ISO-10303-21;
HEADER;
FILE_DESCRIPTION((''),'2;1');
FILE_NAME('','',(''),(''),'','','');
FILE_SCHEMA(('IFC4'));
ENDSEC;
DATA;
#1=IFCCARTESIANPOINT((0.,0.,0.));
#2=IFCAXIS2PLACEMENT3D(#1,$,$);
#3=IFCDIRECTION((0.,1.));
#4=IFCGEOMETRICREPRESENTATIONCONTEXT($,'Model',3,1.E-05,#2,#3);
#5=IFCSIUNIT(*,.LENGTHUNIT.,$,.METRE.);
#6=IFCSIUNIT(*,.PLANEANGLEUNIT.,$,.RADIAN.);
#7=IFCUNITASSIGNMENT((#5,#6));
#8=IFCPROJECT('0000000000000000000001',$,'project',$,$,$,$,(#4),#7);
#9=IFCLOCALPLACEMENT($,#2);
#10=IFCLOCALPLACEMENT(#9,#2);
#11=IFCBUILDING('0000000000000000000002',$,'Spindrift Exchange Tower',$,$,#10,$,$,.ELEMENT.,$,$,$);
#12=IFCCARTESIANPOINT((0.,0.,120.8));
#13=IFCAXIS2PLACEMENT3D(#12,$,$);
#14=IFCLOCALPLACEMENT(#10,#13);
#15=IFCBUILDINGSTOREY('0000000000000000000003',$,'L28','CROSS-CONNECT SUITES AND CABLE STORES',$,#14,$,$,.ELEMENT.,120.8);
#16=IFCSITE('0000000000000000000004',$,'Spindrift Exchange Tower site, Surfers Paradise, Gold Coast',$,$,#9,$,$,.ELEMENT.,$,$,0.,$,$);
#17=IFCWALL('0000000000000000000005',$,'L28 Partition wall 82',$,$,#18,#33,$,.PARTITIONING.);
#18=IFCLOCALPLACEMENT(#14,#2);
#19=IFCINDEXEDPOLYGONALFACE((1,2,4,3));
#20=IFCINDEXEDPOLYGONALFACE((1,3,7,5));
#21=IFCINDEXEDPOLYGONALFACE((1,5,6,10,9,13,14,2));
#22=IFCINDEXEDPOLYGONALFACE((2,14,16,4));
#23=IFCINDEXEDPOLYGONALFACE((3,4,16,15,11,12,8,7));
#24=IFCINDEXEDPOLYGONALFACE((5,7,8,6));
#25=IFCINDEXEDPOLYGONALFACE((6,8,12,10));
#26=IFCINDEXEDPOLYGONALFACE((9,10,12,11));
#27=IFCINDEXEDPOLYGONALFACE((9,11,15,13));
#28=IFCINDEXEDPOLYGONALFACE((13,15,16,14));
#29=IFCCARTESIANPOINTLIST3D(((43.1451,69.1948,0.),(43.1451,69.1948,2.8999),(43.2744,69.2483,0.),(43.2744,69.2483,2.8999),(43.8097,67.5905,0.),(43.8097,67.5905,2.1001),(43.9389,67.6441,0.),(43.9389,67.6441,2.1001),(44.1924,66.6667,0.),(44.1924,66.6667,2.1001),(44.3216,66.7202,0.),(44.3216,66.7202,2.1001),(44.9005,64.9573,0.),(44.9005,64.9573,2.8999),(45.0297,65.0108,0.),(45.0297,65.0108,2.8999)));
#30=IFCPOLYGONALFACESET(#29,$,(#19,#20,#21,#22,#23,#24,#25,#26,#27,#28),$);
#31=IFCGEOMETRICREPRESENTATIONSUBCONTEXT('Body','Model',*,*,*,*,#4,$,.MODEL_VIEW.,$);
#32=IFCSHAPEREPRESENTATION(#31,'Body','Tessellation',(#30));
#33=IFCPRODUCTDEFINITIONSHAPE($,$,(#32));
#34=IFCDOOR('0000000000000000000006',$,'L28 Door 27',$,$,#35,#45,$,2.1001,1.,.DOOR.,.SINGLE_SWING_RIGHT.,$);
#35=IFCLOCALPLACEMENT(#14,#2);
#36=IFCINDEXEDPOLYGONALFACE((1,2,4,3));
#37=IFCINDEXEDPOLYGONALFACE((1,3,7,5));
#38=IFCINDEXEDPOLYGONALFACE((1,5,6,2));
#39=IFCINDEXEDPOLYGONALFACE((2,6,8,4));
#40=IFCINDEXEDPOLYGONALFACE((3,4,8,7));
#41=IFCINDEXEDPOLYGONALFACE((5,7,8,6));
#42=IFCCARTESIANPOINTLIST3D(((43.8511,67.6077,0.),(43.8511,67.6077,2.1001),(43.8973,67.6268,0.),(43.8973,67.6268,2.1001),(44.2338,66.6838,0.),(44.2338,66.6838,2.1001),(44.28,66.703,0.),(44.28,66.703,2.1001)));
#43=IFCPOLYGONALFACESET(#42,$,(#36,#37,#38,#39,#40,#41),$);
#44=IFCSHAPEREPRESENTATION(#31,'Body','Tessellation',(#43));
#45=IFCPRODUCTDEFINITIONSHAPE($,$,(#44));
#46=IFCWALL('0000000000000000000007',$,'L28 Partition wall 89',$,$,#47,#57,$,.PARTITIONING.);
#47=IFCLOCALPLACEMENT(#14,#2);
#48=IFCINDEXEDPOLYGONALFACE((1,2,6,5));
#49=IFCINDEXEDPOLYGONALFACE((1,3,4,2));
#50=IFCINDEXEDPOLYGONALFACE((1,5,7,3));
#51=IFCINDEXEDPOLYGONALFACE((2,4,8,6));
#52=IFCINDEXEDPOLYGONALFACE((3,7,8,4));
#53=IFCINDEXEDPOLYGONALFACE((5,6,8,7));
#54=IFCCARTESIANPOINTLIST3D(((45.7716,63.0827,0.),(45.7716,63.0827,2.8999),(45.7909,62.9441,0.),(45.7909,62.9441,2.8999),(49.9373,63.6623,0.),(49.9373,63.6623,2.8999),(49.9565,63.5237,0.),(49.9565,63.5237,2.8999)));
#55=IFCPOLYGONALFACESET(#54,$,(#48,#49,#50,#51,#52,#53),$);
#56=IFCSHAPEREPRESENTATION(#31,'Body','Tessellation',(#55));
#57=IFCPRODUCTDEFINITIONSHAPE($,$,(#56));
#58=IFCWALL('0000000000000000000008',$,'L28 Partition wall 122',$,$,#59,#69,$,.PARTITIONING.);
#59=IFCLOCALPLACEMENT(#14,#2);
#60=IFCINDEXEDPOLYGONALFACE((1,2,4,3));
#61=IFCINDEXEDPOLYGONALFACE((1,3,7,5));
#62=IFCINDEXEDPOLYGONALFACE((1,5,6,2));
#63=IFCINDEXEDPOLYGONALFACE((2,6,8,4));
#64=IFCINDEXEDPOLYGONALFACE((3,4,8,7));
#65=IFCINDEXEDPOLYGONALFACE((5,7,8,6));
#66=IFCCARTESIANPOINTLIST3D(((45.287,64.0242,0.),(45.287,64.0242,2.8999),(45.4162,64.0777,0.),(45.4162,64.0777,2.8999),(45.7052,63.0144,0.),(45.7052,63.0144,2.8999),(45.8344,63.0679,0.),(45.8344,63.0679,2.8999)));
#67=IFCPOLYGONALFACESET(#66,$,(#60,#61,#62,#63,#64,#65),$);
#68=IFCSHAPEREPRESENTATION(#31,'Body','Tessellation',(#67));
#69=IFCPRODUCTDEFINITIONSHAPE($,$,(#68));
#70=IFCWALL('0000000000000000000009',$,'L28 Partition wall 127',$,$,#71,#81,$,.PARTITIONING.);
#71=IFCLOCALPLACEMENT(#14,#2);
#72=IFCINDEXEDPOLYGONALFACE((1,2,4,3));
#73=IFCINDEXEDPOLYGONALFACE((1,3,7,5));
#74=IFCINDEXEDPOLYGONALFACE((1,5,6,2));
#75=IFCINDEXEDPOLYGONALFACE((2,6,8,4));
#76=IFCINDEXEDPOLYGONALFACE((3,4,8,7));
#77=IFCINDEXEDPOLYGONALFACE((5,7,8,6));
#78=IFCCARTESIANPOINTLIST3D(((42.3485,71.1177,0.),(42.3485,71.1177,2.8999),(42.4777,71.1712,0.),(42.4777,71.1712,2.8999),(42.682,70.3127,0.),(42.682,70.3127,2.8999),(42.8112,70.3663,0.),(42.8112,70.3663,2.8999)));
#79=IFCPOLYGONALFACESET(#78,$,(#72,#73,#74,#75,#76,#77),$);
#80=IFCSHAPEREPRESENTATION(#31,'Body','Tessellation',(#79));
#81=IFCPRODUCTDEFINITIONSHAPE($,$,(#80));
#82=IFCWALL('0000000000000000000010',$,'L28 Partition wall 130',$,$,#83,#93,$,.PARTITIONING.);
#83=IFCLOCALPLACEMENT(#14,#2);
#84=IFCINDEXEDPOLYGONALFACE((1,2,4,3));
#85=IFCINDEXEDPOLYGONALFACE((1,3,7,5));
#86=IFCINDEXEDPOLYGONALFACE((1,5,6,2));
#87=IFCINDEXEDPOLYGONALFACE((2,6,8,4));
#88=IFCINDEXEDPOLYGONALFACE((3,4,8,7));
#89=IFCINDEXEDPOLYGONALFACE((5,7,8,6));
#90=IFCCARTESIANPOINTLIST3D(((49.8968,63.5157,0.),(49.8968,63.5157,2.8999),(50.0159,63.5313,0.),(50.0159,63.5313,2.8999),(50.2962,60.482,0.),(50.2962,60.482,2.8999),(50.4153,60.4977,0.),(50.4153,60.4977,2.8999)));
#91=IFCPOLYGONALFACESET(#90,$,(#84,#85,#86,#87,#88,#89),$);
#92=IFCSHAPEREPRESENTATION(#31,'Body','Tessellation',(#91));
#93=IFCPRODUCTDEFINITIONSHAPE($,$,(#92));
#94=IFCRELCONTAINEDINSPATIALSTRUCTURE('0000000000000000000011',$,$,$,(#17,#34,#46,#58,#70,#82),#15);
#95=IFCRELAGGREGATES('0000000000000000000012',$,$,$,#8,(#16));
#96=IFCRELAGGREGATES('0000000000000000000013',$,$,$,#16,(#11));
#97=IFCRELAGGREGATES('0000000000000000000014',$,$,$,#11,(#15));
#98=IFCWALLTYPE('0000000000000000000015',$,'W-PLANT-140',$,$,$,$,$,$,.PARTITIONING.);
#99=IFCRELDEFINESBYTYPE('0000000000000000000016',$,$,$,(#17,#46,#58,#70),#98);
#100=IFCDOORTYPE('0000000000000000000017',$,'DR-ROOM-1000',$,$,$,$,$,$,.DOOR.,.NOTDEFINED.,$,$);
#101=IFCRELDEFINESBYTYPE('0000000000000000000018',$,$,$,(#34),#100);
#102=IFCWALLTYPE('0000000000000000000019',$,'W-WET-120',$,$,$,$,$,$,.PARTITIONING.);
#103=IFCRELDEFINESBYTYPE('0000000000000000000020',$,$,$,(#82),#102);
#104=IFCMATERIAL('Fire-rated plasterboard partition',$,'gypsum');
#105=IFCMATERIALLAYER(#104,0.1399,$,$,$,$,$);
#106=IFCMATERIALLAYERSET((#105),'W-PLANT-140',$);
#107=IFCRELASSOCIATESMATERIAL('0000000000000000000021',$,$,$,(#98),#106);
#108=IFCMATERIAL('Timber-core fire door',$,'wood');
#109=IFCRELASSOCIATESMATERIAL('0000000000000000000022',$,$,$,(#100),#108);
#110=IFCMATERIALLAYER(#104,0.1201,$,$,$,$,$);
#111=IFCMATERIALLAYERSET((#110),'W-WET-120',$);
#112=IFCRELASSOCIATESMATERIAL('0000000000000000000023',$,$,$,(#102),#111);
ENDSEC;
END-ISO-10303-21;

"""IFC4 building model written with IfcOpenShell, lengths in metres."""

from ifc_helpers import new_model, si_unit, direction, frame, frame_2d, origin, place, context, subcontext, project, spatial, rectangle, extrude, source, transform, mapped, material, layer, layer_set, type_object, element, fill, save


model = new_model("IFC4")

# Units and contexts
model_context = context("Model", 3, precision=1e-05, world=origin(), true_north=direction((0.0, 1.0)))
body_context = subcontext(model_context, "Body", "Model", "MODEL_VIEW")
ifc_project = project(units=[si_unit("LENGTHUNIT", "METRE"), si_unit("PLANEANGLEUNIT", "RADIAN")], contexts=[model_context])

# Site, building, storey
site_placement = place(None, origin())
site = spatial("IfcSite", under=ifc_project, at=site_placement, Name="Spindrift Exchange Tower site, Surfers Paradise, Gold Coast", CompositionType="ELEMENT", RefElevation=0.0)
building_placement = place(site_placement, origin())
building = spatial("IfcBuilding", under=site, at=building_placement, Name="Spindrift Exchange Tower", CompositionType="ELEMENT")
storey_placement = place(building_placement, frame((0.0, 0.0, 120.8)))
storey = spatial("IfcBuildingStorey", under=building, at=storey_placement, Name="L28", Description="CROSS-CONNECT SUITES AND CABLE STORES", CompositionType="ELEMENT", Elevation=120.8)

# Shared definitions
ifc_material_1 = material(Name="Fire-rated plasterboard partition", Category="gypsum")

# Wall, opening, door
ifc_layer_1 = layer(ifc_material_1, 0.1399)
ifc_layer_set_1 = layer_set([ifc_layer_1], Name="W-PLANT-140")
wall_type_1 = type_object("IfcWallType", Name="W-PLANT-140", PredefinedType="PARTITIONING", material=ifc_layer_set_1)
wall_1_placement = place(storey_placement, frame((43.2097, 69.2217, 0.0), z_axis=(0.0, 0.0, 1.0), x_axis=(0.382706, -0.92387, 0.0)))
wall_1 = element("IfcWall", 1, at=wall_1_placement, inside=storey, type_object=wall_type_1, Name="L28 Partition wall 82", PredefinedType="PARTITIONING", context=body_context, shape_type="SweptSolid", body=[
    extrude(rectangle(XDim=4.5867, YDim=0.1399, at=frame_2d((2.2935, 0.0))), origin(), (0.0, 0.0, 1.0), 2.8999),
])
opening_placement = place(wall_1_placement, frame((1.7366, 0.0, 0.0)))
opening = element("IfcOpeningElement", 2, at=opening_placement, cuts=wall_1, PredefinedType="OPENING", context=body_context, shape_type="SweptSolid", body=[
    extrude(rectangle(XDim=1.0, YDim=2.1001, at=frame_2d((0.5, 1.05))), frame((0.0, 0.0798, 0.0), z_axis=(0.0, -1.0, 0.0), x_axis=(1.0, 0.0, 0.0)), (0.0, 0.0, 1.0), 0.1599),
])
ifc_material_2 = material(Name="Timber-core fire door", Category="wood")
door_type = type_object("IfcDoorType", Name="DR-ROOM-1000", OperationType="NOTDEFINED", PredefinedType="DOOR", material=ifc_material_2)
shared_shape_1 = source(origin(), body_context, "Body", "SweptSolid", [
    extrude(rectangle(XDim=1.0, YDim=2.1001, at=frame_2d((0.5, 1.05))), frame((0.0, 0.0249, 0.0), z_axis=(0.0, -1.0, 0.0), x_axis=(1.0, 0.0, 0.0)), (0.0, 0.0, 1.0), 0.05),
])
door_placement = place(opening_placement, origin())
door = element("IfcDoor", 3, at=door_placement, inside=storey, type_object=door_type, Name="L28 Door 27", OperationType="SINGLE_SWING_RIGHT", OverallHeight=2.1001, OverallWidth=1.0, PredefinedType="DOOR", context=body_context, shape_type="MappedRepresentation", body=[
    mapped(shared_shape_1, transform((0.0, 0.0, 0.0), scale=1.0)),
])
fill(opening, door)

# Walls
wall_2_placement = place(storey_placement, frame((49.947, 63.593, 0.0), z_axis=(0.0, 0.0, 1.0), x_axis=(-0.99046, -0.137804, 0.0)))
element("IfcWall", 4, at=wall_2_placement, inside=storey, type_object=wall_type_1, Name="L28 Partition wall 89", PredefinedType="PARTITIONING", context=body_context, shape_type="SweptSolid", body=[
    extrude(rectangle(XDim=4.2058, YDim=0.1399, at=frame_2d((2.103, 0.0))), origin(), (0.0, 0.0, 1.0), 2.8999),
])
wall_3_placement = place(storey_placement, frame((45.7698, 63.0413, 0.0), z_axis=(0.0, 0.0, 1.0), x_axis=(-0.382648, 0.923894, 0.0)))
element("IfcWall", 5, at=wall_3_placement, inside=storey, type_object=wall_type_1, Name="L28 Partition wall 122", PredefinedType="PARTITIONING", context=body_context, shape_type="SweptSolid", body=[
    extrude(rectangle(XDim=1.093, YDim=0.1399, at=frame_2d((0.5464, 0.0))), origin(), (0.0, 0.0, 1.0), 2.8999),
])
wall_4_placement = place(storey_placement, frame((42.7466, 70.3396, 0.0), z_axis=(0.0, 0.0, 1.0), x_axis=(-0.382764, 0.923846, 0.0)))
element("IfcWall", 6, at=wall_4_placement, inside=storey, type_object=wall_type_1, Name="L28 Partition wall 127", PredefinedType="PARTITIONING", context=body_context, shape_type="SweptSolid", body=[
    extrude(rectangle(XDim=0.8713, YDim=0.1399, at=frame_2d((0.4355, 0.0))), origin(), (0.0, 0.0, 1.0), 2.8999),
])
ifc_layer_2 = layer(ifc_material_1, 0.1201)
ifc_layer_set_2 = layer_set([ifc_layer_2], Name="W-WET-120")
wall_type_2 = type_object("IfcWallType", Name="W-WET-120", PredefinedType="PARTITIONING", material=ifc_layer_set_2)
wall_5_placement = place(storey_placement, frame((50.3557, 60.49, 0.0), z_axis=(0.0, 0.0, 1.0), x_axis=(-0.130533, 0.991444, 0.0)))
element("IfcWall", 7, at=wall_5_placement, inside=storey, type_object=wall_type_2, Name="L28 Partition wall 130", PredefinedType="PARTITIONING", context=body_context, shape_type="SweptSolid", body=[
    extrude(rectangle(XDim=3.0598, YDim=0.1201, at=frame_2d((1.5298, 0.0))), origin(), (0.0, 0.0, 1.0), 2.8999),
])

save(model, "model.ifc")
